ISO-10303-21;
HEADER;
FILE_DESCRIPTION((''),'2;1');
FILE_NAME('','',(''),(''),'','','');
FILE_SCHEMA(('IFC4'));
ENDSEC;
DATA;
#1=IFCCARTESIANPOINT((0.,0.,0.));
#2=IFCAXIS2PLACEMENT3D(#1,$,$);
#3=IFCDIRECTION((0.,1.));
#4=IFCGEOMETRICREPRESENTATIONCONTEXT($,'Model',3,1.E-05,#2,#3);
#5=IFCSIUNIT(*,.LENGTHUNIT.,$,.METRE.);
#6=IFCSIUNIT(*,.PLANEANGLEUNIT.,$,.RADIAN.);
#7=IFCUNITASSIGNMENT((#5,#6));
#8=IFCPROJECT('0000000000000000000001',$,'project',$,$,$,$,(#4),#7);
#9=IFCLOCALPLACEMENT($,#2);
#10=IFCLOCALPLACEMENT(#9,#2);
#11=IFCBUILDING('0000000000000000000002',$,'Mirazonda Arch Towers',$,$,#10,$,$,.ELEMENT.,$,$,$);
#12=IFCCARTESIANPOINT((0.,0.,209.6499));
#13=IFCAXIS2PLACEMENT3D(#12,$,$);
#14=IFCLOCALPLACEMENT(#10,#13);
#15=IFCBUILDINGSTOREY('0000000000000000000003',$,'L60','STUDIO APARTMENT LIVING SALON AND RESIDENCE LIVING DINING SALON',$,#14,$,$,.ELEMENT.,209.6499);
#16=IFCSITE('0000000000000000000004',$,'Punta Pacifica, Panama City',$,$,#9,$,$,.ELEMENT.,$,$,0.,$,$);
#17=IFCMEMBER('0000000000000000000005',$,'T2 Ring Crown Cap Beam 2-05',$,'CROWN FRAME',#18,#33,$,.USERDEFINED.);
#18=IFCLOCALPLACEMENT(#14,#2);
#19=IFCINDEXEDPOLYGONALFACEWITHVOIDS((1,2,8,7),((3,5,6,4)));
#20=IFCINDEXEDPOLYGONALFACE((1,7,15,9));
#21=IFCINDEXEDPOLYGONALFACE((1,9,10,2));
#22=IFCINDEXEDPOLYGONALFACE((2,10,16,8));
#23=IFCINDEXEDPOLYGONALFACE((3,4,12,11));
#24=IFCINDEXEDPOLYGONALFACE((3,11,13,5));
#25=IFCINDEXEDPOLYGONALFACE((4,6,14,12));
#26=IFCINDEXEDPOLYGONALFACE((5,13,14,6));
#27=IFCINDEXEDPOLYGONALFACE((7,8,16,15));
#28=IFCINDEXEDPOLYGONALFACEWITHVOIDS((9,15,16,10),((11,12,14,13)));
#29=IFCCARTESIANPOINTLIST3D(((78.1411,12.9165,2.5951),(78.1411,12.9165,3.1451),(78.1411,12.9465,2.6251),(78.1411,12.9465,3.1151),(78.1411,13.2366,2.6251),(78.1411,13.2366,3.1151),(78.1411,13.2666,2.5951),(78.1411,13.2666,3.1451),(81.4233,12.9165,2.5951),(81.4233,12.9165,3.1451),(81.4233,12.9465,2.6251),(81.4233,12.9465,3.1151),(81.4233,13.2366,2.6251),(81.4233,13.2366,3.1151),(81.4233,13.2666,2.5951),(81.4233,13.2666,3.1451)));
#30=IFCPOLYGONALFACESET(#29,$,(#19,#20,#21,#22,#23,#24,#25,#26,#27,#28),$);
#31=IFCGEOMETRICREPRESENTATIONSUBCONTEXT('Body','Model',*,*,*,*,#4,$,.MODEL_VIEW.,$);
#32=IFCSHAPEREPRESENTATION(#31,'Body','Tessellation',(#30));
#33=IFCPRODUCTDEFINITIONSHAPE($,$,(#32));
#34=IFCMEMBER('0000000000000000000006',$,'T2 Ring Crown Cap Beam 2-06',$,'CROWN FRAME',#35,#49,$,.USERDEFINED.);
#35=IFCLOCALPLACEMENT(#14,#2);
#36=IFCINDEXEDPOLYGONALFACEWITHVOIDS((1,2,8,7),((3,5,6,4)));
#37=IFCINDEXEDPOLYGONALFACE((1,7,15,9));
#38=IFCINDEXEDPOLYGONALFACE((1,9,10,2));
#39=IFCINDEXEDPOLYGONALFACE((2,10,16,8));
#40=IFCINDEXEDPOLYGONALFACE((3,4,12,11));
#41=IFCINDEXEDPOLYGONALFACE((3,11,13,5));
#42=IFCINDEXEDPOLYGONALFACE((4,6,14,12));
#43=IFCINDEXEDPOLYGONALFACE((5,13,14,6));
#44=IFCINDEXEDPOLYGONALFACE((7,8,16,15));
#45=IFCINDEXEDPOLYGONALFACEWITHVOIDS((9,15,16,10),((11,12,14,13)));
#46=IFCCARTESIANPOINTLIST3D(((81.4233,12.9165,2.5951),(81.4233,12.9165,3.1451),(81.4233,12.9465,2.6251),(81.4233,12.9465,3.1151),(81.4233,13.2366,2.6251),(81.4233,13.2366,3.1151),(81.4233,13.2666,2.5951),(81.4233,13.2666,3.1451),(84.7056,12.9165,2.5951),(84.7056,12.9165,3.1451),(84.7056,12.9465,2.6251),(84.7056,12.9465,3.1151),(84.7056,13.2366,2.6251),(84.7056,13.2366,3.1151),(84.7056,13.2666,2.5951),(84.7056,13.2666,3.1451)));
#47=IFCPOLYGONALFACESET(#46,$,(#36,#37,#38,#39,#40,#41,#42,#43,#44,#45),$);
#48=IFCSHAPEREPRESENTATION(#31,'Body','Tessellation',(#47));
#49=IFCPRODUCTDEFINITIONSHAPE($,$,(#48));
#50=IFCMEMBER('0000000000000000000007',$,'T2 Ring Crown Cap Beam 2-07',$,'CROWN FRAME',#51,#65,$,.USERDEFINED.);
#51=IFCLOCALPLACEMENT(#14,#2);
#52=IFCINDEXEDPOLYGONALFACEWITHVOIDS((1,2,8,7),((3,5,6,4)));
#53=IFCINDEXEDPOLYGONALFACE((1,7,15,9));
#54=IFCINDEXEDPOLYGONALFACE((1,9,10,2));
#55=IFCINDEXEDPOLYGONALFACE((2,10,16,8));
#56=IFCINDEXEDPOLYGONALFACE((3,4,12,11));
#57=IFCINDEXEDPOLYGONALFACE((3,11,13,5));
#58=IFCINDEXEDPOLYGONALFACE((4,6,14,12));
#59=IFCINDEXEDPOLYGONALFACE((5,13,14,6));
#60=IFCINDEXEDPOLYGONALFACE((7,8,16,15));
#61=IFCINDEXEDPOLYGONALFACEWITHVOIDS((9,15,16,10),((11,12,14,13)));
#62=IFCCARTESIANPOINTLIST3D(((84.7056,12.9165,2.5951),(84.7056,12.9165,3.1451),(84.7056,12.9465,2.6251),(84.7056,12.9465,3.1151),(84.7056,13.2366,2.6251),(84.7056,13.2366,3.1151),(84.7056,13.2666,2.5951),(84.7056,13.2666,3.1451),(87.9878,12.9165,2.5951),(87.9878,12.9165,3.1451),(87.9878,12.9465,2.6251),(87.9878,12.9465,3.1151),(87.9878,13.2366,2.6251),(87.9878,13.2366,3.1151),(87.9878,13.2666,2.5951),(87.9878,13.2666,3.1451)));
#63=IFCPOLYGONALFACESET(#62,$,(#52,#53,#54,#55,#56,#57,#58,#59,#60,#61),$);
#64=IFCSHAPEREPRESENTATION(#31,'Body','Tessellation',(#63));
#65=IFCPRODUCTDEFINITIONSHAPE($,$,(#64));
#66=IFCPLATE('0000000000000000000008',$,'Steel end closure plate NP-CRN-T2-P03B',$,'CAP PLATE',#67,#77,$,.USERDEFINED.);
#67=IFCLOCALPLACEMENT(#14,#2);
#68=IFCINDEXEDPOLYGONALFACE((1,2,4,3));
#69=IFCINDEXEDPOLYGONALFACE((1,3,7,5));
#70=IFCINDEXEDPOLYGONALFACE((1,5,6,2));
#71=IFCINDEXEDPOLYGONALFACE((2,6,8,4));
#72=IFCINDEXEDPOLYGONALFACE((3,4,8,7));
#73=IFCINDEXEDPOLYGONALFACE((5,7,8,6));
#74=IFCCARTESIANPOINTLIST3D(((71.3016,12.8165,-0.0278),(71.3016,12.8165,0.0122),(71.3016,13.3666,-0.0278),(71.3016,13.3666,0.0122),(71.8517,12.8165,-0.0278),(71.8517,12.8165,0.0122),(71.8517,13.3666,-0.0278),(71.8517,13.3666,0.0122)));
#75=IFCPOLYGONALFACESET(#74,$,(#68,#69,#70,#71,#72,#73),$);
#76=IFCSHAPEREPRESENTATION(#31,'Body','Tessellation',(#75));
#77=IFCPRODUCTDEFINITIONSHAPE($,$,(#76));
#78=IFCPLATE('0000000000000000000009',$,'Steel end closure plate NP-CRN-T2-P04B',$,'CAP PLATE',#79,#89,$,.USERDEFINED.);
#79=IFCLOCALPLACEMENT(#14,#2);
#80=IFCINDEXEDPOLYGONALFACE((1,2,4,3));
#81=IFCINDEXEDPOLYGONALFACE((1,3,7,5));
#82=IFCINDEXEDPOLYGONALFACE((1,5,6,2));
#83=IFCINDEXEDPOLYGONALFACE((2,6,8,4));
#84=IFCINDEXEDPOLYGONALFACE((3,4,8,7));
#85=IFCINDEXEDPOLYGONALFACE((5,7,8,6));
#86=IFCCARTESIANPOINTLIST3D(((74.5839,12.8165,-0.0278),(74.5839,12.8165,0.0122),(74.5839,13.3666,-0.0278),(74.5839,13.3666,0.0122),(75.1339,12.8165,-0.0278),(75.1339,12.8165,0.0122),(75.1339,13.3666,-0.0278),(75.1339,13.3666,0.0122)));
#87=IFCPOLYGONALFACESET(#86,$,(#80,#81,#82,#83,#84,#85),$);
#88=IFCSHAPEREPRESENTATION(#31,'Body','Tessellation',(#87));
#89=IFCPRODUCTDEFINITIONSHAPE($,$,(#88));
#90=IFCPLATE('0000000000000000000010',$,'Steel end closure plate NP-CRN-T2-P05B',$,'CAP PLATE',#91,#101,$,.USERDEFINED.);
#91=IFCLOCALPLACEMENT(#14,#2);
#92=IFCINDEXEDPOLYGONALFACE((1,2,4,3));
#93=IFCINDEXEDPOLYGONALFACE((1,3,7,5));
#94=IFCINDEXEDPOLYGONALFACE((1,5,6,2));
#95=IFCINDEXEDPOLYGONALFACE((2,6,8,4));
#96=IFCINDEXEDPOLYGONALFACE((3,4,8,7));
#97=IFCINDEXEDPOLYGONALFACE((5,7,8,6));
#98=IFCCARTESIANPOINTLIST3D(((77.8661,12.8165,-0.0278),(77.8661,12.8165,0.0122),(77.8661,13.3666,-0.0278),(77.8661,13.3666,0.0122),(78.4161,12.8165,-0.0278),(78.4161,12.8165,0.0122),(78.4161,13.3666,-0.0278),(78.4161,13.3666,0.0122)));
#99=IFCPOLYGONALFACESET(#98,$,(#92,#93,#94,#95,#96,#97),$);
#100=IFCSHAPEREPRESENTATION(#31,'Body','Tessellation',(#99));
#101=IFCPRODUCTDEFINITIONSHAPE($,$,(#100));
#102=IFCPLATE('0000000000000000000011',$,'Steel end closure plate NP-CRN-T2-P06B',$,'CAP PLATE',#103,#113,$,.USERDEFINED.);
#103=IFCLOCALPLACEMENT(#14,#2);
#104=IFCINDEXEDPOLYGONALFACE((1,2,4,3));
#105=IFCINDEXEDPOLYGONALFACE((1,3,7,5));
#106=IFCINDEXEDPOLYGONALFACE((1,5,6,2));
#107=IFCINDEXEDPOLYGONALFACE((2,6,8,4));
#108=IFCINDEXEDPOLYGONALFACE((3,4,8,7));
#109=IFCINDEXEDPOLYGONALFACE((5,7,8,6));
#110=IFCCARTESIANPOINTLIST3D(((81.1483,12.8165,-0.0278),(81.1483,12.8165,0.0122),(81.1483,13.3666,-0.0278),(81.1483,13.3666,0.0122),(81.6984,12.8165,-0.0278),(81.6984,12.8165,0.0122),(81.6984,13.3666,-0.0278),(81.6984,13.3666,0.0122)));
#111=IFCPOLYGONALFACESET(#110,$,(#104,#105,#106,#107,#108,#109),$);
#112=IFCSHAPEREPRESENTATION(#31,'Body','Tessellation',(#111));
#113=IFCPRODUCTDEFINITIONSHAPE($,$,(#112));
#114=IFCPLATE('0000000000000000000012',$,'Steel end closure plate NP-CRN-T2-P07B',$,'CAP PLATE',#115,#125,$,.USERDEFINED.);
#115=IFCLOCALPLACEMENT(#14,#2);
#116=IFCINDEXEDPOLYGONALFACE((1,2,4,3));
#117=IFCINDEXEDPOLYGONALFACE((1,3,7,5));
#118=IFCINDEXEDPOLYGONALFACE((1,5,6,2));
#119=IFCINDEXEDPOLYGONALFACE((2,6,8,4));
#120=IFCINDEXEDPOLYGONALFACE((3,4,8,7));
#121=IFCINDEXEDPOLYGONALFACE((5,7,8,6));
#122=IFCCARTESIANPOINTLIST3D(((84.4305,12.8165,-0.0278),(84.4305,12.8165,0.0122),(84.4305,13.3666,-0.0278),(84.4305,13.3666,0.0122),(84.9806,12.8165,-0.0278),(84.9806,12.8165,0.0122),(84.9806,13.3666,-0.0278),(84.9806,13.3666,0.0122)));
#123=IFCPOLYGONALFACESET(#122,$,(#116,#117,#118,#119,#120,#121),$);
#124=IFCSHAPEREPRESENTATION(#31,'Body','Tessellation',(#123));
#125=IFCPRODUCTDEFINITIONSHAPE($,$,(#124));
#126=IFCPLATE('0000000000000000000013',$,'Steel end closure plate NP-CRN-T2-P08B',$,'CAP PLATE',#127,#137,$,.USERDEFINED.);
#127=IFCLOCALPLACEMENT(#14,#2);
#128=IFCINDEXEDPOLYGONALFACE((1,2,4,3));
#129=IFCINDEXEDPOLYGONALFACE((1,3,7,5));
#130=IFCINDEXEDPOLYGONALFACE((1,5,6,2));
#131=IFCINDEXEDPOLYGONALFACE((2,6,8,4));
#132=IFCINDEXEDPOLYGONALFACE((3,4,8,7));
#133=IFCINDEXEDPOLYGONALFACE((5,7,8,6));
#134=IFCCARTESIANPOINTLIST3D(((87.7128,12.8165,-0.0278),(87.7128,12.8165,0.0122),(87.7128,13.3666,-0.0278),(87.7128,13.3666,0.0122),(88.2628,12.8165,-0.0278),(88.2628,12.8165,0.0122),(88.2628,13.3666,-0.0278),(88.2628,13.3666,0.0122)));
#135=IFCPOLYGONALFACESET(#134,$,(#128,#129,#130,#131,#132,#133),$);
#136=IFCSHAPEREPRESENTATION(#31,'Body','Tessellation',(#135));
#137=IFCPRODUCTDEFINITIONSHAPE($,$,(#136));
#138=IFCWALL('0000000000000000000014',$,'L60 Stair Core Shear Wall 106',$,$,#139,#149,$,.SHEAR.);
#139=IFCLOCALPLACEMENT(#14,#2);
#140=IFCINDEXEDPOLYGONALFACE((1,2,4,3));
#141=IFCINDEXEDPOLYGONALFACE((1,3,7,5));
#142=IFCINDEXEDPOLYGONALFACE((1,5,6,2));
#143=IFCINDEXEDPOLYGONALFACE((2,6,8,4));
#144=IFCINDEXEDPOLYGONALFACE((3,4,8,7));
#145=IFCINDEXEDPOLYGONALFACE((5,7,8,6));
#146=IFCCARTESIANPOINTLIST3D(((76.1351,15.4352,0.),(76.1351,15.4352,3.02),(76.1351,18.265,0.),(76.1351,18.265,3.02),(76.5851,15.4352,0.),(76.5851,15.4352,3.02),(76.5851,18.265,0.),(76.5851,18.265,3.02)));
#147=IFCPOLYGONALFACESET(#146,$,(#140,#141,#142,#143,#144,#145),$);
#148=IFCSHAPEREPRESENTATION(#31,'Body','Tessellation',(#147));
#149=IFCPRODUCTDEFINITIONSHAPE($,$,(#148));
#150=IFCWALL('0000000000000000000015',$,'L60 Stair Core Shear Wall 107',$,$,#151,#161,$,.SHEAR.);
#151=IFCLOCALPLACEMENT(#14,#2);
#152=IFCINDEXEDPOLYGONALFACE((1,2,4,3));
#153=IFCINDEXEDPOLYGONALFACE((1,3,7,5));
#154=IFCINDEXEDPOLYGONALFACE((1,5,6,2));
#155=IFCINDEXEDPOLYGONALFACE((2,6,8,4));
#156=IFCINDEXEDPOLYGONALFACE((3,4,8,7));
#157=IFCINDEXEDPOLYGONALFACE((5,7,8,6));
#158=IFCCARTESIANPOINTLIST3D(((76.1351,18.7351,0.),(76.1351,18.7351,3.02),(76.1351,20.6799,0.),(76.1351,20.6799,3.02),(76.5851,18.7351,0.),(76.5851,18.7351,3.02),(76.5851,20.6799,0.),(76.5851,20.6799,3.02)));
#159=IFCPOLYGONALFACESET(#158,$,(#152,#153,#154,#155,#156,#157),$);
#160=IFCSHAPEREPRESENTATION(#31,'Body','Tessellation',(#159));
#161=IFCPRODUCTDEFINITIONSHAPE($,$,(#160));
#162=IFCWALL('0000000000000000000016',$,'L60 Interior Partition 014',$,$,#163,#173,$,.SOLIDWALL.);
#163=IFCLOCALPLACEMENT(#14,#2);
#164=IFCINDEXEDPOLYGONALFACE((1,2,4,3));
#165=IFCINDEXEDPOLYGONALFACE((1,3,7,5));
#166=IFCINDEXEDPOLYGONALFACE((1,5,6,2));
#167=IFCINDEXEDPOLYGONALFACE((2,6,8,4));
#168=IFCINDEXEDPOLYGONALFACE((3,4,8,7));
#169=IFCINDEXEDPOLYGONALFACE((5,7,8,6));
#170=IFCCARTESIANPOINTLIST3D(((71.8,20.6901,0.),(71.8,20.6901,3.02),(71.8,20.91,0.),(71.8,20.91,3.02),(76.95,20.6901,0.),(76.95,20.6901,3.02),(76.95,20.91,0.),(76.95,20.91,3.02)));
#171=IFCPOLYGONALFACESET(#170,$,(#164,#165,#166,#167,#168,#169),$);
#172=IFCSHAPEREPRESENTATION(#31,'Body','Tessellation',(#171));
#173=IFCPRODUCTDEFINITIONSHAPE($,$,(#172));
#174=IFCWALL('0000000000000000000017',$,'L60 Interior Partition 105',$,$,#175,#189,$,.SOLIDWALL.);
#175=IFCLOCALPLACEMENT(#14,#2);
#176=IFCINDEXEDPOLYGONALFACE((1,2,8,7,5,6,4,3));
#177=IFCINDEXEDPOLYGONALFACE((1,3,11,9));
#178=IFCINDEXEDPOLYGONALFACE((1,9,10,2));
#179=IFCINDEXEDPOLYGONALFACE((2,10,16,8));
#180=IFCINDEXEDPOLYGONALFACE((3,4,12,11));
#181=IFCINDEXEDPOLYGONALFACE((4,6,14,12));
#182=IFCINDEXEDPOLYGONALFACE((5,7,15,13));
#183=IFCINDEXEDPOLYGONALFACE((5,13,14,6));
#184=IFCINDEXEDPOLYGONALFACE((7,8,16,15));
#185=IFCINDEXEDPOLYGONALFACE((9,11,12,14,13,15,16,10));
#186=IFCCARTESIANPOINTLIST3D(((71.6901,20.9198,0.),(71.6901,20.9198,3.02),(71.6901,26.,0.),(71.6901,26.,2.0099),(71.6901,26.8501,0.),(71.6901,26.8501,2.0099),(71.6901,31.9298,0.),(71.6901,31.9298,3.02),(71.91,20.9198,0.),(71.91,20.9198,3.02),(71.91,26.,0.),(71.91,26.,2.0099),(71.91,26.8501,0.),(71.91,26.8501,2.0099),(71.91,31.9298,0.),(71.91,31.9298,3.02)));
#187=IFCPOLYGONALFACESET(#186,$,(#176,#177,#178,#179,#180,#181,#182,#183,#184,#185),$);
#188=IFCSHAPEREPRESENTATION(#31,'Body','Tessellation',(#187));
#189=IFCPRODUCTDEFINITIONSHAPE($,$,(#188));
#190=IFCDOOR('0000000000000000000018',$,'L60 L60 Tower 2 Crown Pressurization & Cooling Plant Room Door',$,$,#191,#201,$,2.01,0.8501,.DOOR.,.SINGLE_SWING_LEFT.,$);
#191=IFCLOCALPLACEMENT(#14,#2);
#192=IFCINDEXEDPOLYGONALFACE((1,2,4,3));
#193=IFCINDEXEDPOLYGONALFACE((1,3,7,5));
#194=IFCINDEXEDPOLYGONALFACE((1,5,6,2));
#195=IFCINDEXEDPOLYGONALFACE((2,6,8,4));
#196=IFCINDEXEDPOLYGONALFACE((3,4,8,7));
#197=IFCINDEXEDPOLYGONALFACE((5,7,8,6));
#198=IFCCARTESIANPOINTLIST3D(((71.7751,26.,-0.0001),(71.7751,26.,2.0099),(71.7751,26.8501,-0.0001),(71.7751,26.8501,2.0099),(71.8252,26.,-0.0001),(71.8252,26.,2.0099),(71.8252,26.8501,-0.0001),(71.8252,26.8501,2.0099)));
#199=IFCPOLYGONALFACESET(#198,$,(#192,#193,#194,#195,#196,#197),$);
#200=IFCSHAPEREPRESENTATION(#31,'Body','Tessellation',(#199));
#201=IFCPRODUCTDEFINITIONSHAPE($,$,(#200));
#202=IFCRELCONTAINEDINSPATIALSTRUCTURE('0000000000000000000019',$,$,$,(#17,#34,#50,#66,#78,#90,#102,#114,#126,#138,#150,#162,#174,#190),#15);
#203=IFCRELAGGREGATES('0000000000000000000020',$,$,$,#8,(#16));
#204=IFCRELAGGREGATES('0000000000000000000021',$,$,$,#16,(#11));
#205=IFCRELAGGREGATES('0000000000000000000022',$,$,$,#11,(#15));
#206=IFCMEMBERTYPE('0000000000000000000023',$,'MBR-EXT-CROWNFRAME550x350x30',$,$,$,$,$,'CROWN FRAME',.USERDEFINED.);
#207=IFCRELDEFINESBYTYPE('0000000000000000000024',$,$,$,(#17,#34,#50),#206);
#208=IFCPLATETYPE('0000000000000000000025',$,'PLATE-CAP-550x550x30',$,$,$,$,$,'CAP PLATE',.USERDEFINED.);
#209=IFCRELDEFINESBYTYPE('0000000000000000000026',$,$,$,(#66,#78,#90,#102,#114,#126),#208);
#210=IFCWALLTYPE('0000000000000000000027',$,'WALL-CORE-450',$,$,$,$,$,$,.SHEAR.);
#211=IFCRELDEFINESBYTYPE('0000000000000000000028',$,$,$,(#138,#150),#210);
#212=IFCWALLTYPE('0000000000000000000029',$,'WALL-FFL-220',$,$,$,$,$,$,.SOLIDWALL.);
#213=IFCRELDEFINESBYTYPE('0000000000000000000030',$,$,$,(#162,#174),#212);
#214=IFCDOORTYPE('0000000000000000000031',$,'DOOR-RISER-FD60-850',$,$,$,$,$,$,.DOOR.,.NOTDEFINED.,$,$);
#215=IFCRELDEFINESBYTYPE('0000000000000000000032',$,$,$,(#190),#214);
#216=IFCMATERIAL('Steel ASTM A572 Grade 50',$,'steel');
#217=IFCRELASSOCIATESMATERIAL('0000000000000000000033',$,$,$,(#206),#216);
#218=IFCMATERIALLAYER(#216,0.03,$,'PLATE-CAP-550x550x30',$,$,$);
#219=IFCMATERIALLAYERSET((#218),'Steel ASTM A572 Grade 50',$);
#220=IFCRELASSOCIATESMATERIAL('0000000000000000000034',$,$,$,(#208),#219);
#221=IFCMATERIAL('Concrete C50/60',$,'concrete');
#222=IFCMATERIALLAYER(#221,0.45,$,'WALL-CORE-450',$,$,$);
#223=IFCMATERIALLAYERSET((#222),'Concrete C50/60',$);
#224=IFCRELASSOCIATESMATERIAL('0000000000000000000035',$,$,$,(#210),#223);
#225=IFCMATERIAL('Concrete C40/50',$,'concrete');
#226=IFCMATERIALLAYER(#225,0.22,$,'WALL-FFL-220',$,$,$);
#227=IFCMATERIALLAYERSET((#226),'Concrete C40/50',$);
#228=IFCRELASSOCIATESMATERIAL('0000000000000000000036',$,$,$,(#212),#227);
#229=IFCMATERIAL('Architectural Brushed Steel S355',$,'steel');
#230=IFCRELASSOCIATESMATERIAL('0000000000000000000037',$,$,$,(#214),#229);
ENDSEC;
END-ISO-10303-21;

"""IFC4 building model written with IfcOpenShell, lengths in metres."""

from ifc_helpers import new_model, si_unit, direction, frame, frame_2d, origin, origin_2d, place, context, subcontext, project, spatial, rectangle, hollow_rectangle, extrude, material, layer, layer_set, material_profile, profile_set, type_object, element, fill, save


model = new_model("IFC4")

# Units and contexts
model_context = context("Model", 3, precision=1e-05, world=origin(), true_north=direction((0.0, 1.0)))
body_context = subcontext(model_context, "Body", "Model", "MODEL_VIEW")
ifc_project = project(units=[si_unit("LENGTHUNIT", "METRE"), si_unit("PLANEANGLEUNIT", "RADIAN")], contexts=[model_context])

# Site, building, storey
site_placement = place(None, origin())
site = spatial("IfcSite", under=ifc_project, at=site_placement, Name="Punta Pacifica, Panama City", CompositionType="ELEMENT", RefElevation=0.0)
building_placement = place(site_placement, origin())
building = spatial("IfcBuilding", under=site, at=building_placement, Name="Mirazonda Arch Towers", CompositionType="ELEMENT")
storey_placement = place(building_placement, frame((0.0, 0.0, 209.6499)))
storey = spatial("IfcBuildingStorey", under=building, at=storey_placement, Name="L60", Description="STUDIO APARTMENT LIVING SALON AND RESIDENCE LIVING DINING SALON", CompositionType="ELEMENT", Elevation=209.6499)

# Members
ifc_material_1 = material(Name="Steel ASTM A572 Grade 50", Category="steel")
ifc_material_profile = material_profile(ifc_material_1, hollow_rectangle(XDim=0.3501, YDim=0.55, WallThickness=0.03, at=origin_2d()), Name="CROWNFRAME550x350x30")
ifc_profile_set = profile_set([ifc_material_profile], Name="Steel ASTM A572 Grade 50")
member_type = type_object("IfcMemberType", Name="MBR-EXT-CROWNFRAME550x350x30", ElementType="CROWN FRAME", PredefinedType="USERDEFINED", material=ifc_profile_set)
for number, where, z_axis, x_axis, name in (
    (1, (78.1411, 13.0916, 2.8701), (1.0, 0.0, 0.0), (0.0, 1.0, 0.0), "T2 Ring Crown Cap Beam 2-05"),
    (2, (81.4233, 13.0916, 2.8701), (1.0, 0.0, 0.0), (0.0, 1.0, 0.0), "T2 Ring Crown Cap Beam 2-06"),
    (3, (84.7056, 13.0916, 2.8701), (1.0, 0.0, 0.0), (0.0, 1.0, 0.0), "T2 Ring Crown Cap Beam 2-07"),
):
    element("IfcMember", number, at=place(storey_placement, frame(where, z_axis=z_axis, x_axis=x_axis)), inside=storey, type_object=member_type, Name=name, ObjectType="CROWN FRAME", PredefinedType="USERDEFINED", context=body_context, shape_type="SweptSolid", body=[
        extrude(hollow_rectangle(XDim=0.3501, YDim=0.55, WallThickness=0.03, at=origin_2d()), origin(), (0.0, 0.0, 1.0), 3.2822),
    ])

# Plates
ifc_layer_1 = layer(ifc_material_1, 0.03, Name="PLATE-CAP-550x550x30")
ifc_layer_set_1 = layer_set([ifc_layer_1], Name="Steel ASTM A572 Grade 50")
plate_type = type_object("IfcPlateType", Name="PLATE-CAP-550x550x30", ElementType="CAP PLATE", PredefinedType="USERDEFINED", material=ifc_layer_set_1)
for number, where, z_axis, x_axis, name in (
    (4, (71.5767, 13.0916, -0.0278), (0.0, 0.0, 1.0), (1.0, 0.0, 0.0), "Steel end closure plate NP-CRN-T2-P03B"),
    (5, (74.8589, 13.0916, -0.0278), (0.0, 0.0, 1.0), (1.0, 0.0, 0.0), "Steel end closure plate NP-CRN-T2-P04B"),
    (6, (78.1411, 13.0916, -0.0278), (0.0, 0.0, 1.0), (1.0, 0.0, 0.0), "Steel end closure plate NP-CRN-T2-P05B"),
    (7, (81.4233, 13.0916, -0.0278), (0.0, 0.0, 1.0), (1.0, 0.0, 0.0), "Steel end closure plate NP-CRN-T2-P06B"),
    (8, (84.7056, 13.0916, -0.0278), (0.0, 0.0, 1.0), (1.0, 0.0, 0.0), "Steel end closure plate NP-CRN-T2-P07B"),
    (9, (87.9878, 13.0916, -0.0278), (0.0, 0.0, 1.0), (1.0, 0.0, 0.0), "Steel end closure plate NP-CRN-T2-P08B"),
):
    element("IfcPlate", number, at=place(storey_placement, frame(where, z_axis=z_axis, x_axis=x_axis)), inside=storey, type_object=plate_type, Name=name, ObjectType="CAP PLATE", PredefinedType="USERDEFINED", context=body_context, shape_type="SweptSolid", body=[
        extrude(rectangle(XDim=0.55, YDim=0.55, at=origin_2d()), origin(), (0.0, 0.0, 1.0), 0.04),
    ])

# Walls
ifc_material_2 = material(Name="Concrete C50/60", Category="concrete")
ifc_layer_2 = layer(ifc_material_2, 0.45, Name="WALL-CORE-450")
ifc_layer_set_2 = layer_set([ifc_layer_2], Name="Concrete C50/60")
wall_type_1 = type_object("IfcWallType", Name="WALL-CORE-450", PredefinedType="SHEAR", material=ifc_layer_set_2)
wall_1_placement = place(storey_placement, frame((76.3601, 15.4351, 0.0), z_axis=(0.0, 0.0, 1.0), x_axis=(0.0, 1.0, 0.0)))
element("IfcWall", 10, at=wall_1_placement, inside=storey, type_object=wall_type_1, Name="L60 Stair Core Shear Wall 106", PredefinedType="SHEAR", context=body_context, shape_type="SweptSolid", body=[
    extrude(rectangle(XDim=2.8298, YDim=0.45, at=frame_2d((1.415, 0.0))), origin(), (0.0, 0.0, 1.0), 3.02),
])
wall_2_placement = place(storey_placement, frame((76.3601, 18.7351, 0.0), z_axis=(0.0, 0.0, 1.0), x_axis=(0.0, 1.0, 0.0)))
element("IfcWall", 11, at=wall_2_placement, inside=storey, type_object=wall_type_1, Name="L60 Stair Core Shear Wall 107", PredefinedType="SHEAR", context=body_context, shape_type="SweptSolid", body=[
    extrude(rectangle(XDim=1.9448, YDim=0.45, at=frame_2d((0.9724, 0.0))), origin(), (0.0, 0.0, 1.0), 3.02),
])
ifc_material_3 = material(Name="Concrete C40/50", Category="concrete")
ifc_layer_3 = layer(ifc_material_3, 0.22, Name="WALL-FFL-220")
ifc_layer_set_3 = layer_set([ifc_layer_3], Name="Concrete C40/50")
wall_type_2 = type_object("IfcWallType", Name="WALL-FFL-220", PredefinedType="SOLIDWALL", material=ifc_layer_set_3)
wall_3_placement = place(storey_placement, frame((71.8, 20.8, 0.0), z_axis=(0.0, 0.0, 1.0), x_axis=(1.0, 0.0, 0.0)))
element("IfcWall", 12, at=wall_3_placement, inside=storey, type_object=wall_type_2, Name="L60 Interior Partition 014", PredefinedType="SOLIDWALL", context=body_context, shape_type="SweptSolid", body=[
    extrude(rectangle(XDim=5.1499, YDim=0.22, at=frame_2d((2.575, 0.0))), origin(), (0.0, 0.0, 1.0), 3.02),
])

# Wall, opening, door
wall_4_placement = place(storey_placement, frame((71.8, 20.9199, 0.0), z_axis=(0.0, 0.0, 1.0), x_axis=(0.0, 1.0, 0.0)))
wall_4 = element("IfcWall", 13, at=wall_4_placement, inside=storey, type_object=wall_type_2, Name="L60 Interior Partition 105", PredefinedType="SOLIDWALL", context=body_context, shape_type="SweptSolid", body=[
    extrude(rectangle(XDim=11.01, YDim=0.22, at=frame_2d((5.5049, 0.0))), origin(), (0.0, 0.0, 1.0), 3.02),
])
opening_1_placement = place(wall_4_placement, frame((5.0801, 0.0, 0.0)))
opening_1 = element("IfcOpeningElement", 14, at=opening_1_placement, cuts=wall_4, PredefinedType="OPENING", context=body_context, shape_type="SweptSolid", body=[
    extrude(rectangle(XDim=0.8501, YDim=2.01, at=frame_2d((0.425, 1.0049))), frame((0.0, 0.1199, 0.0), z_axis=(0.0, -1.0, 0.0), x_axis=(1.0, 0.0, 0.0)), (0.0, 0.0, 1.0), 0.24),
])
ifc_material_4 = material(Name="Architectural Brushed Steel S355", Category="steel")
door_type = type_object("IfcDoorType", Name="DOOR-RISER-FD60-850", OperationType="NOTDEFINED", PredefinedType="DOOR", material=ifc_material_4)
door_1_placement = place(opening_1_placement, origin())
door_1 = element("IfcDoor", 15, at=door_1_placement, inside=storey, type_object=door_type, Name="L60 L60 Tower 2 Crown Pressurization & Cooling Plant Room Door", OperationType="SINGLE_SWING_LEFT", OverallHeight=2.01, OverallWidth=0.8501, PredefinedType="DOOR", context=body_context, shape_type="SweptSolid", body=[
    extrude(rectangle(XDim=0.8501, YDim=2.01, at=frame_2d((0.425, 1.0049))), frame((0.0, 0.0249, 0.0), z_axis=(0.0, -1.0, 0.0), x_axis=(1.0, 0.0, 0.0)), (0.0, 0.0, 1.0), 0.05),
])
fill(opening_1, door_1)

save(model, "model.ifc")
